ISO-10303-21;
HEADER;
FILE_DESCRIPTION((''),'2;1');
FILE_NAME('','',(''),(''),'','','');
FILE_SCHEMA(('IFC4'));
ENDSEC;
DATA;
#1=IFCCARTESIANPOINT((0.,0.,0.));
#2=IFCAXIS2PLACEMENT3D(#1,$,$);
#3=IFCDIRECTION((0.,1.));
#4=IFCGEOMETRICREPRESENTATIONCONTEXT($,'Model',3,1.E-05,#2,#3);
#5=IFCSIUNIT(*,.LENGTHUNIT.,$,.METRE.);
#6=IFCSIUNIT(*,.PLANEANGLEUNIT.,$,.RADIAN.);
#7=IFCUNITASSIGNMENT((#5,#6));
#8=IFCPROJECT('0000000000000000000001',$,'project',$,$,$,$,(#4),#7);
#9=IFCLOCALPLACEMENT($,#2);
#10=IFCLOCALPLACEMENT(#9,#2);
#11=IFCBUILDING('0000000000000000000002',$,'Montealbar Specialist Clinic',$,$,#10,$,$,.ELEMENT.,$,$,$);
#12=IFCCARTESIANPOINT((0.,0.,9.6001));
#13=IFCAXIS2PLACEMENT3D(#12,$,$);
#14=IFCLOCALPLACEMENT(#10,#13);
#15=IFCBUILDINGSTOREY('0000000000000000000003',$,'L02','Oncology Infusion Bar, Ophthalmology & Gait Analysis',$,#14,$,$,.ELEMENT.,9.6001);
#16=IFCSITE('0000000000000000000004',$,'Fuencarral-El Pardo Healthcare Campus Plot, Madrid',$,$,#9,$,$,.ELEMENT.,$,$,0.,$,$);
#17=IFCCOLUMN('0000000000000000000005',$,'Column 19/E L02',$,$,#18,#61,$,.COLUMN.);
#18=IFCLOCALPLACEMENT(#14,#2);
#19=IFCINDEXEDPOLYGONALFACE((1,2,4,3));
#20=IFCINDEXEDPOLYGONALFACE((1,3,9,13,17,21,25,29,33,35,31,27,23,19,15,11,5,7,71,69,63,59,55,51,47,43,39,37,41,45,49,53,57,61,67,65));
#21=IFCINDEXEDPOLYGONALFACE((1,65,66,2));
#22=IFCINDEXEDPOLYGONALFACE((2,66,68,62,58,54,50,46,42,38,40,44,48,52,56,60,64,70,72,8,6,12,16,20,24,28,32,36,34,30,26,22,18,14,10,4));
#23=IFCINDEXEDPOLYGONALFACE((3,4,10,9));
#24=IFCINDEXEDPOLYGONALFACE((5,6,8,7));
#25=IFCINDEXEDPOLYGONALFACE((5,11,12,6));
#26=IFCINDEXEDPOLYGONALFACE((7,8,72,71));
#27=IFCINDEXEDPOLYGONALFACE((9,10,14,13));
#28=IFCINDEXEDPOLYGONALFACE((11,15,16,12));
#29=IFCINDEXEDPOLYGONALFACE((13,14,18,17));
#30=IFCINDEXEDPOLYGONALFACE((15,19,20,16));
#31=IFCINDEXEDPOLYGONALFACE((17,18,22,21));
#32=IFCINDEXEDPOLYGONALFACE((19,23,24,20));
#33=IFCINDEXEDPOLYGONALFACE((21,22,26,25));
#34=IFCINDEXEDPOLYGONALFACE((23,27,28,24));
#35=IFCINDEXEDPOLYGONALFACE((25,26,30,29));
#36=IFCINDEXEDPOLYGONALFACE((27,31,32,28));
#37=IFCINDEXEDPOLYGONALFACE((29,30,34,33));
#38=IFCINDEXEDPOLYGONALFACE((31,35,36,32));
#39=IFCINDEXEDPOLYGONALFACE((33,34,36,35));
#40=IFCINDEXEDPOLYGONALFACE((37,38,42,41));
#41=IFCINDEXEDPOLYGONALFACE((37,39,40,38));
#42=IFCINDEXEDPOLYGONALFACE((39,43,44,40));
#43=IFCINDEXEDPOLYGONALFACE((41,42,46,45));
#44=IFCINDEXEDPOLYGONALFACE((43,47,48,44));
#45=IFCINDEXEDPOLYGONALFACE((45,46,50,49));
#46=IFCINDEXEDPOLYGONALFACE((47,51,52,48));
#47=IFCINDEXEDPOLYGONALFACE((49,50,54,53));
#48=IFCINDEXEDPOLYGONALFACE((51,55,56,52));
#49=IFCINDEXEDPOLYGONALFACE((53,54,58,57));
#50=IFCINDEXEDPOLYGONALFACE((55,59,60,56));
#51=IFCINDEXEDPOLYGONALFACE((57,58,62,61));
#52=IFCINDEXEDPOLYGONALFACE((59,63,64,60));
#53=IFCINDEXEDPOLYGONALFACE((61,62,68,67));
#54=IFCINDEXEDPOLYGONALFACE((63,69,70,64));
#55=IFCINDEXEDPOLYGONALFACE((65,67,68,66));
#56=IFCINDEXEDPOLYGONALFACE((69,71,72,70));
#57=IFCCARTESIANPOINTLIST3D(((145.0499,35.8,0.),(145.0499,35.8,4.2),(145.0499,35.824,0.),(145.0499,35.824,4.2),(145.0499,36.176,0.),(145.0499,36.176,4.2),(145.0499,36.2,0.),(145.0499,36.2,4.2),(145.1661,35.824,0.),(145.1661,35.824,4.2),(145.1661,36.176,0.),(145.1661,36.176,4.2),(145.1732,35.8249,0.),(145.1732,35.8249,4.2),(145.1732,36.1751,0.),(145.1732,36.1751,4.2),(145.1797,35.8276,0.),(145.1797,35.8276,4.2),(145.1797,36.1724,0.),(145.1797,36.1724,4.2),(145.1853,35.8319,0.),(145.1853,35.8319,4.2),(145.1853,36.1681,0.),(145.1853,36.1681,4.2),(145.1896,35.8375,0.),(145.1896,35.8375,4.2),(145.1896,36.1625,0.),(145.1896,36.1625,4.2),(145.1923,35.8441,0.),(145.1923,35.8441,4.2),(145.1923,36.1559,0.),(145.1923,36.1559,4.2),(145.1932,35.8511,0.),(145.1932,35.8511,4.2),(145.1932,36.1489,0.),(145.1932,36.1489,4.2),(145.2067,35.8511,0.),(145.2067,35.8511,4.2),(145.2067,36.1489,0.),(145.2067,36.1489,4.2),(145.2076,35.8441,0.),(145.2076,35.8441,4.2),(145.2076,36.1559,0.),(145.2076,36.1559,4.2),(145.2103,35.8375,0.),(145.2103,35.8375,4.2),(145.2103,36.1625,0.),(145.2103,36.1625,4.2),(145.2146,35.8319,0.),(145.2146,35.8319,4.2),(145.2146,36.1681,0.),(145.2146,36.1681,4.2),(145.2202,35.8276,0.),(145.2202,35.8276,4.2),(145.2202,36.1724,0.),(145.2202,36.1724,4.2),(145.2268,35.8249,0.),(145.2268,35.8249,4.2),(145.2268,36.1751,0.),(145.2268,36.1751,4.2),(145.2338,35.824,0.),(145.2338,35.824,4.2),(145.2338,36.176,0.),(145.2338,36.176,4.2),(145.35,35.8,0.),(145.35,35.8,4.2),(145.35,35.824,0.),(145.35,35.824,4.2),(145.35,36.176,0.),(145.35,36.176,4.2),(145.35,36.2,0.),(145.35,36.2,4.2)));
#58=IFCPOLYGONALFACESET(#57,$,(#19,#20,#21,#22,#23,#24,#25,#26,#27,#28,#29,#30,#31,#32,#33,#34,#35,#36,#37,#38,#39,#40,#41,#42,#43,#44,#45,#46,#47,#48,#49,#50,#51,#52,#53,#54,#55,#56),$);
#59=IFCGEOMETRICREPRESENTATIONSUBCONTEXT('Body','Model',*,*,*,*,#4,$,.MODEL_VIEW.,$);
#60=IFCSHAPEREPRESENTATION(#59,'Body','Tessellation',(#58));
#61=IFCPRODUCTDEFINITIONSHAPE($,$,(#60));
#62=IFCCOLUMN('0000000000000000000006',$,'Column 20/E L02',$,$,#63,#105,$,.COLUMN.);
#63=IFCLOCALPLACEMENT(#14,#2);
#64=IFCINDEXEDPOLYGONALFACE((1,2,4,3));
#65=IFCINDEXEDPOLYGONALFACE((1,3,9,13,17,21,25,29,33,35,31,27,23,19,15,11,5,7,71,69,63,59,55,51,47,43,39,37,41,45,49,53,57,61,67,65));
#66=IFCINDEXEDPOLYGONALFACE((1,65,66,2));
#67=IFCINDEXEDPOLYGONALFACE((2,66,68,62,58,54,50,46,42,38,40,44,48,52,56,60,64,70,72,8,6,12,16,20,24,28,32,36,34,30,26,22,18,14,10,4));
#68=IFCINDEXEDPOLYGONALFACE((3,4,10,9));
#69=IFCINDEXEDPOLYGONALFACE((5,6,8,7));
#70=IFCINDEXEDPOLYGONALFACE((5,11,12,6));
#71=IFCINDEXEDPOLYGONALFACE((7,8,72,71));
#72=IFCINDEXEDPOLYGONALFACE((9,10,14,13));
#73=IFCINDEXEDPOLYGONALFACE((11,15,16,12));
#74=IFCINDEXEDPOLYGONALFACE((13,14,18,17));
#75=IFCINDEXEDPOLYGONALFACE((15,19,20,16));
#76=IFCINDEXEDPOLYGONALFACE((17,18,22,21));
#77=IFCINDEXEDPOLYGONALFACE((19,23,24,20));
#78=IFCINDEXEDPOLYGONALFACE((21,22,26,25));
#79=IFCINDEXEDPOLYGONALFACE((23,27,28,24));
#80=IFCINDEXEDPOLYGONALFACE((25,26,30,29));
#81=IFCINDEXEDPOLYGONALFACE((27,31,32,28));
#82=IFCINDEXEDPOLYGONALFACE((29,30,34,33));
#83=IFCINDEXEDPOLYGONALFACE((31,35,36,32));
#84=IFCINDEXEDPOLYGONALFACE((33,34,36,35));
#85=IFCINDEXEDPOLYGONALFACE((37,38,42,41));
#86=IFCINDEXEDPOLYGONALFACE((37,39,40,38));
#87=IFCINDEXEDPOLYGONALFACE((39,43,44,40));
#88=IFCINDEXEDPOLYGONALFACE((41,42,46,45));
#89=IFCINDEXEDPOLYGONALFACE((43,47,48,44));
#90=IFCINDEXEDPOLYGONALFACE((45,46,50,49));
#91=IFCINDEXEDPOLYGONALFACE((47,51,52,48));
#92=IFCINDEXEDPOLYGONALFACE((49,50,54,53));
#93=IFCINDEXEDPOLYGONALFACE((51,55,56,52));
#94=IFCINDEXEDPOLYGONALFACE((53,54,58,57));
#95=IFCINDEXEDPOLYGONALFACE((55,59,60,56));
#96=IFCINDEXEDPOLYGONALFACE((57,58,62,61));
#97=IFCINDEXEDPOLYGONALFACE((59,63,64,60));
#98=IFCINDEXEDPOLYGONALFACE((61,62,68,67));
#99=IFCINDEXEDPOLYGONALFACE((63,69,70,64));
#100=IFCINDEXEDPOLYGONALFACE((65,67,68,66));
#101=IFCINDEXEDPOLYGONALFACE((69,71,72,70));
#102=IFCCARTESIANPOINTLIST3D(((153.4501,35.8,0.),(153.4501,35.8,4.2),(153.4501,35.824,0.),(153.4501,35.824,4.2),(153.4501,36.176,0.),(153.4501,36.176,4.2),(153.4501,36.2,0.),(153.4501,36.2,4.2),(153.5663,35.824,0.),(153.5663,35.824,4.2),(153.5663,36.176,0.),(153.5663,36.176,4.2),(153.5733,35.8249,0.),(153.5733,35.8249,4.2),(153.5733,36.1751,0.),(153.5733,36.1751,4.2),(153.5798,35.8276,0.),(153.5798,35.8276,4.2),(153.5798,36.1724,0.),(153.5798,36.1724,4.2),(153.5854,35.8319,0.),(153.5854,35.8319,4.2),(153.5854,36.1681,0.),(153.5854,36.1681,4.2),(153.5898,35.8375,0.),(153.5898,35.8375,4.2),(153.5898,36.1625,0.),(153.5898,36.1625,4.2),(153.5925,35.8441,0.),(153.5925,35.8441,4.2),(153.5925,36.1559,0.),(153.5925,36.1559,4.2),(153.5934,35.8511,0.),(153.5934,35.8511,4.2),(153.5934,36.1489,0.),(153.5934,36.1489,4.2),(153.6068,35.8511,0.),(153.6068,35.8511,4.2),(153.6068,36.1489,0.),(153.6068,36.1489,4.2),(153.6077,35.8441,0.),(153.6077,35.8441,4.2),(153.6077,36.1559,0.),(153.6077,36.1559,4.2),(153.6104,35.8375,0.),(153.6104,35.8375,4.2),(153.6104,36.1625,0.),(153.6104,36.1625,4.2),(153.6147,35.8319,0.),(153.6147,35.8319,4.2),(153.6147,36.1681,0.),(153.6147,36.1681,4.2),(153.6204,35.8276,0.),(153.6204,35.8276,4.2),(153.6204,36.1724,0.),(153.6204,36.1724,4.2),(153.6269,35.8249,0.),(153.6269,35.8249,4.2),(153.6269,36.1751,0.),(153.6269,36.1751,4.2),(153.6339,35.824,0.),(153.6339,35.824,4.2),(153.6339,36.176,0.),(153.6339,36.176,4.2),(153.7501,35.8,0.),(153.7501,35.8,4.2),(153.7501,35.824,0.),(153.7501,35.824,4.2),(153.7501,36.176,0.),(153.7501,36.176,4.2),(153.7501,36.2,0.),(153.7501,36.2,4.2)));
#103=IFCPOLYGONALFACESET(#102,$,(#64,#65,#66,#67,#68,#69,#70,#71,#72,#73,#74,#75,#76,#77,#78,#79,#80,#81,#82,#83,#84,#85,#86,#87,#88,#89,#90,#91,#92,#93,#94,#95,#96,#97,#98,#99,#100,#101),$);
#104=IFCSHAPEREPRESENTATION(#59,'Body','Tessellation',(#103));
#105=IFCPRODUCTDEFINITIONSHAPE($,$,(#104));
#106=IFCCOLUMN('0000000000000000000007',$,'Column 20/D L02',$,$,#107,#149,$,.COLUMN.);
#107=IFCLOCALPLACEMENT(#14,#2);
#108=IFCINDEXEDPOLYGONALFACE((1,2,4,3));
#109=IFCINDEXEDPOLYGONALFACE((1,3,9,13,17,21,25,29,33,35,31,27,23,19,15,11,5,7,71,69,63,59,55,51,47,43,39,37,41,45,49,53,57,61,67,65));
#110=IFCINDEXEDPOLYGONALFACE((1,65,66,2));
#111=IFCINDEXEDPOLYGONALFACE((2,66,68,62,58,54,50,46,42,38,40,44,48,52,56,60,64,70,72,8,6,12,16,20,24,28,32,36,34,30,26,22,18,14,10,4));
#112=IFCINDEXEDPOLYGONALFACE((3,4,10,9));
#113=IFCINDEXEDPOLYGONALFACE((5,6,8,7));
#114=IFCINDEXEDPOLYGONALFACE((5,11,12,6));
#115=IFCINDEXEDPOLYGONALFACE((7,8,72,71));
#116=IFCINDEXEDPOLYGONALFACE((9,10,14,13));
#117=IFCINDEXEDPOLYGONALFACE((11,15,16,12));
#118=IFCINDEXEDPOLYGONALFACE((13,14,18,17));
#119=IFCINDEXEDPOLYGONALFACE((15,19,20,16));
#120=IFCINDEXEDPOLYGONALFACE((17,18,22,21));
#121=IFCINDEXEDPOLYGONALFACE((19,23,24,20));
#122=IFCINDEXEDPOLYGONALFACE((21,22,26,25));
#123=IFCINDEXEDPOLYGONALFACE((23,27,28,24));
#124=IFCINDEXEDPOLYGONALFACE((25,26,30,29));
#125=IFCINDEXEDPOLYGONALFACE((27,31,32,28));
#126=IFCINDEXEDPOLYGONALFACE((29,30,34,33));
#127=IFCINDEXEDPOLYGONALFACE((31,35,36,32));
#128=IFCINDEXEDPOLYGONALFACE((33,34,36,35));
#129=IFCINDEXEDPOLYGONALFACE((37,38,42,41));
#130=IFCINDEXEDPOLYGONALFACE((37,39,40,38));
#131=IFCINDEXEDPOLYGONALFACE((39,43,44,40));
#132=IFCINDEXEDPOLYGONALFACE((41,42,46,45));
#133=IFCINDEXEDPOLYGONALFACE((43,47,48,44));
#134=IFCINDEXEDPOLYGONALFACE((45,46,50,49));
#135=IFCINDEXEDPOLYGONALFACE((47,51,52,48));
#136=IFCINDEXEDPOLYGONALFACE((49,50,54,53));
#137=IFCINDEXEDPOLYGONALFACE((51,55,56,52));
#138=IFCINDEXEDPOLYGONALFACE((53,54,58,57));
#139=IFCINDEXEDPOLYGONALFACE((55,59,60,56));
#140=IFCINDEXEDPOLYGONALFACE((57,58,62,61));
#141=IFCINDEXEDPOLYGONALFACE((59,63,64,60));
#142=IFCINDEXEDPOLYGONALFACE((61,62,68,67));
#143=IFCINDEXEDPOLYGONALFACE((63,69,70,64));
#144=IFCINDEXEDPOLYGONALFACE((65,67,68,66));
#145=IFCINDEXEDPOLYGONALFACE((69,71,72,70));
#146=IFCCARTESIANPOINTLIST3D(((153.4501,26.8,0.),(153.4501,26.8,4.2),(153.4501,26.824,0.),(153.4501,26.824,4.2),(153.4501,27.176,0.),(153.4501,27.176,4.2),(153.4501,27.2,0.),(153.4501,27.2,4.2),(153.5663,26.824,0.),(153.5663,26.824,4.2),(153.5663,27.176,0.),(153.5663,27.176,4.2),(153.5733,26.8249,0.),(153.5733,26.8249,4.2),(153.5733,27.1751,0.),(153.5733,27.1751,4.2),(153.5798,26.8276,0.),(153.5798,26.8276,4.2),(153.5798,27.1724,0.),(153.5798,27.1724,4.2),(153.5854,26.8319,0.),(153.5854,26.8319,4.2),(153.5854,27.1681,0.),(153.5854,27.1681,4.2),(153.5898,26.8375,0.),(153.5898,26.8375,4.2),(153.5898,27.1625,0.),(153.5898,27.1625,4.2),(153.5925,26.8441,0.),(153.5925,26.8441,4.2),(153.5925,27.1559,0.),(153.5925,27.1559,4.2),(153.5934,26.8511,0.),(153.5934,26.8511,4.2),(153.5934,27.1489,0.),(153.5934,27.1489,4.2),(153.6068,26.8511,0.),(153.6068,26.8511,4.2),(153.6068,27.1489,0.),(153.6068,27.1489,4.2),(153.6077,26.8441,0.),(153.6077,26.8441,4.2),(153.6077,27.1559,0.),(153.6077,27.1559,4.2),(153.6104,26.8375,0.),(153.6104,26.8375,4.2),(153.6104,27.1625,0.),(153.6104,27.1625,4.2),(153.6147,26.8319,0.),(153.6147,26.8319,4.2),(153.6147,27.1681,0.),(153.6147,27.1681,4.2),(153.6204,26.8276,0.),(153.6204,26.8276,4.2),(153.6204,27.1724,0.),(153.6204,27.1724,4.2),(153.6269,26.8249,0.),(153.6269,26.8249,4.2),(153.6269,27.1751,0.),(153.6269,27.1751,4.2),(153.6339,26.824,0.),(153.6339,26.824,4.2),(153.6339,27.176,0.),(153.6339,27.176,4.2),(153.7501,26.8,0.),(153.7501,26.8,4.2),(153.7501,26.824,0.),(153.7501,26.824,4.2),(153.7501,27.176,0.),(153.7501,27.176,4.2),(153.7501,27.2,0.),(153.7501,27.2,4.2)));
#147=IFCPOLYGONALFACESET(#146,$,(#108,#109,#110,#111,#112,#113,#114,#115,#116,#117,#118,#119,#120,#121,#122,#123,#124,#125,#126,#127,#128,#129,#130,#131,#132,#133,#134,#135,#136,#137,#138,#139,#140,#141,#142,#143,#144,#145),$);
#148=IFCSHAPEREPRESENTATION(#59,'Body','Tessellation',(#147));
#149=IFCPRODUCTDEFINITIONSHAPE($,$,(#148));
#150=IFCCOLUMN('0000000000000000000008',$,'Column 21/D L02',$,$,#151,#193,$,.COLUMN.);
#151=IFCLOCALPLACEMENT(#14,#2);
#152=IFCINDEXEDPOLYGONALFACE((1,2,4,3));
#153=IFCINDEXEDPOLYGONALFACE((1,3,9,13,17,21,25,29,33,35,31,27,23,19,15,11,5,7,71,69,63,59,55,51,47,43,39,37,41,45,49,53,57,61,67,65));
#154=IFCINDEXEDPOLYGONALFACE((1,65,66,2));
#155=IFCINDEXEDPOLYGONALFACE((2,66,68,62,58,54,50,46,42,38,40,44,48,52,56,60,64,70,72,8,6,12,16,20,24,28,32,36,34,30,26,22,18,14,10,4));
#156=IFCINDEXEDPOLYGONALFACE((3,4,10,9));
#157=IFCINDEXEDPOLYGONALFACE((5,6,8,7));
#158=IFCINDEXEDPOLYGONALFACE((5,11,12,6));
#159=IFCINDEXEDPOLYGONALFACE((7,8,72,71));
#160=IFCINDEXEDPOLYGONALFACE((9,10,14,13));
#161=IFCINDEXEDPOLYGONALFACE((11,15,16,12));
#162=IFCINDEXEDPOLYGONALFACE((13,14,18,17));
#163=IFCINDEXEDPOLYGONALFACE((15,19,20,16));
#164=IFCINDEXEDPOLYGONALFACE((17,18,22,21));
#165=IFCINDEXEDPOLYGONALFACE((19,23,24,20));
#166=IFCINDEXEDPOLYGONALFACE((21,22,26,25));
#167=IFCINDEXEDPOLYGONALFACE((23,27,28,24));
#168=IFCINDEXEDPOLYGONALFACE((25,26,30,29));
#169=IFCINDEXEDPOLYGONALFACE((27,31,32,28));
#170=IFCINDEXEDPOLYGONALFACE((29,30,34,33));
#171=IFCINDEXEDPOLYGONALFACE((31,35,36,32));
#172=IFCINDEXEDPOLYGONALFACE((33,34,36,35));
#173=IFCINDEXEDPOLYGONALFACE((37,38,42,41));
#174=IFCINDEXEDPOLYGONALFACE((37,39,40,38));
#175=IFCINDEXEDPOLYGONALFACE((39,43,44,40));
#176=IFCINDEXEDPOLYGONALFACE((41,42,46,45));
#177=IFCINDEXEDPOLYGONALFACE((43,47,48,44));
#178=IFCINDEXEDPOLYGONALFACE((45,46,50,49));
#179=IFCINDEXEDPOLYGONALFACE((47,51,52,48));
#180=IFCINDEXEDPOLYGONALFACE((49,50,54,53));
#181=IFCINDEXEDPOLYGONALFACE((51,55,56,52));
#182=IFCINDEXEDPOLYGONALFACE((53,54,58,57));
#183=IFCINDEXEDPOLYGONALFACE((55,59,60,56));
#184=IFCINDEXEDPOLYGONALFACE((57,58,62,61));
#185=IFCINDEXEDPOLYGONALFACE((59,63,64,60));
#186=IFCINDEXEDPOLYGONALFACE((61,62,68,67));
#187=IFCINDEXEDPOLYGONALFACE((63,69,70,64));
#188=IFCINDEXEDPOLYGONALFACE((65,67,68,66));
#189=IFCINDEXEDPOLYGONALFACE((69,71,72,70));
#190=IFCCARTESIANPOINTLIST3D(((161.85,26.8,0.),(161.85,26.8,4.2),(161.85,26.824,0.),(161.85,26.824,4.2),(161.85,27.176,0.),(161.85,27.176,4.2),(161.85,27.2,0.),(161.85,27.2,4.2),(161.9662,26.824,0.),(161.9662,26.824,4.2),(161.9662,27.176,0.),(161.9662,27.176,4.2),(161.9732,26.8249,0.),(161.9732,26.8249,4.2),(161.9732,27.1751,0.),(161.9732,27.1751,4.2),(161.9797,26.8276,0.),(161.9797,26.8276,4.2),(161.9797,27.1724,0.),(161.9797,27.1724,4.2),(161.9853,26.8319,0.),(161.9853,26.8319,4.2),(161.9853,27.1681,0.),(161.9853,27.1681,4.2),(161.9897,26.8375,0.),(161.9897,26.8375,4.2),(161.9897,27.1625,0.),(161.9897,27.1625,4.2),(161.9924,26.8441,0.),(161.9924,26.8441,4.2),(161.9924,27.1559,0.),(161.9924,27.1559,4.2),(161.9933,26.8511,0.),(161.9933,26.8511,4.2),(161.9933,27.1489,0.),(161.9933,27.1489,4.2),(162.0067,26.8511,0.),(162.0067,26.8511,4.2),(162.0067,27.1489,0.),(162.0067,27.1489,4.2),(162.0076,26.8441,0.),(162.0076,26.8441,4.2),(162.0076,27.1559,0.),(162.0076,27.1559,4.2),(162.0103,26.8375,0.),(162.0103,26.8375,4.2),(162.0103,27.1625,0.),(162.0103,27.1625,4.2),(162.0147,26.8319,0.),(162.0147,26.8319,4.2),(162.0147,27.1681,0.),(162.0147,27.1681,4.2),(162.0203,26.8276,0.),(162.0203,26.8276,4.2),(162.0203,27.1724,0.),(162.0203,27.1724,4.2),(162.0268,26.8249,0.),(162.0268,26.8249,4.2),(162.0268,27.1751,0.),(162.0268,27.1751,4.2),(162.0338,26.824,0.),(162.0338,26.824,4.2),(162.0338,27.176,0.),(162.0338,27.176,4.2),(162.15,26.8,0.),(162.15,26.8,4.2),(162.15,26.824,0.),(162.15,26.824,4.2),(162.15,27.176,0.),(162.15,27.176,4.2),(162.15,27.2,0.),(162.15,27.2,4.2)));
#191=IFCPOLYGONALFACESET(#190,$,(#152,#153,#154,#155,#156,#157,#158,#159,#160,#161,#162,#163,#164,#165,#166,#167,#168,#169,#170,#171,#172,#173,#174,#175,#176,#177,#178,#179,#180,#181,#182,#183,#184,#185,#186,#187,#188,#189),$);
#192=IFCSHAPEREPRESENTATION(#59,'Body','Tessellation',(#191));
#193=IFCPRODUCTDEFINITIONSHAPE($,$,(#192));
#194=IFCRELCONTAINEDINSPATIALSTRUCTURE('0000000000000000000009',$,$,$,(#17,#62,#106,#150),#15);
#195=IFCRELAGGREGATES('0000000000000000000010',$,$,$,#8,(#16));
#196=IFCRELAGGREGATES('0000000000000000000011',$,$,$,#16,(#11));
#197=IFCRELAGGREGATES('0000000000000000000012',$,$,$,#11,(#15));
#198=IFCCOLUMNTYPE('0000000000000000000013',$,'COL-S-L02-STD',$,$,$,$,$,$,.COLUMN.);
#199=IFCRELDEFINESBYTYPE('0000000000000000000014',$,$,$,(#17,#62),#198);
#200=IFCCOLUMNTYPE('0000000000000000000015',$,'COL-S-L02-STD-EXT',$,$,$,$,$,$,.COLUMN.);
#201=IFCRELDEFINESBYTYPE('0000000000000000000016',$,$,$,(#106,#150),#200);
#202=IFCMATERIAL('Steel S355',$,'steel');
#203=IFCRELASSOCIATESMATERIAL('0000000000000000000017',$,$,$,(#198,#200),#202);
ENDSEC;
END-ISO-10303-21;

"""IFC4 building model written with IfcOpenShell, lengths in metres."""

from ifc_helpers import new_model, si_unit, direction, frame, origin, origin_2d, place, context, subcontext, project, spatial, i_section, extrude, material, material_profile, profile_set, type_object, element, save


model = new_model("IFC4")

# Units and contexts
model_context = context("Model", 3, precision=1e-05, world=origin(), true_north=direction((0.0, 1.0)))
body_context = subcontext(model_context, "Body", "Model", "MODEL_VIEW")
ifc_project = project(units=[si_unit("LENGTHUNIT", "METRE"), si_unit("PLANEANGLEUNIT", "RADIAN")], contexts=[model_context])

# Site, building, storey
site_placement = place(None, origin())
site = spatial("IfcSite", under=ifc_project, at=site_placement, Name="Fuencarral-El Pardo Healthcare Campus Plot, Madrid", CompositionType="ELEMENT", RefElevation=0.0)
building_placement = place(site_placement, origin())
building = spatial("IfcBuilding", under=site, at=building_placement, Name="Montealbar Specialist Clinic", CompositionType="ELEMENT")
storey_placement = place(building_placement, frame((0.0, 0.0, 9.6001)))
storey = spatial("IfcBuildingStorey", under=building, at=storey_placement, Name="L02", Description="Oncology Infusion Bar, Ophthalmology & Gait Analysis", CompositionType="ELEMENT", Elevation=9.6001)

# Columns
ifc_material_1 = material(Name="Steel S355", Category="steel")
ifc_material_profile_1 = material_profile(ifc_material_1, i_section(OverallWidth=0.3, OverallDepth=0.3999, WebThickness=0.0134, FlangeThickness=0.0239, FilletRadius=0.0271, at=origin_2d()), Name="HEB 400", Category="steel")
ifc_profile_set_1 = profile_set([ifc_material_profile_1], Name="Steel S355")
column_type_1 = type_object("IfcColumnType", Name="COL-S-L02-STD", PredefinedType="COLUMN", material=ifc_profile_set_1)
for number, where, z_axis, x_axis, name in (
    (1, (145.2, 36.0, 0.0), (0.0, 0.0, 1.0), (1.0, 0.0, 0.0), "Column 19/E L02"),
    (2, (153.6001, 36.0, 0.0), (0.0, 0.0, 1.0), (1.0, 0.0, 0.0), "Column 20/E L02"),
):
    element("IfcColumn", number, at=place(storey_placement, frame(where, z_axis=z_axis, x_axis=x_axis)), inside=storey, type_object=column_type_1, Name=name, PredefinedType="COLUMN", context=body_context, shape_type="SweptSolid", body=[
        extrude(i_section(OverallWidth=0.3, OverallDepth=0.3999, WebThickness=0.0134, FlangeThickness=0.0239, FilletRadius=0.0271, at=origin_2d()), origin(), (0.0, 0.0, 1.0), 4.2),
    ])
ifc_material_profile_2 = material_profile(ifc_material_1, i_section(OverallWidth=0.3, OverallDepth=0.3999, WebThickness=0.0134, FlangeThickness=0.0239, FilletRadius=0.0271, at=origin_2d()), Name="HEB 400", Category="steel")
ifc_profile_set_2 = profile_set([ifc_material_profile_2], Name="Steel S355")
column_type_2 = type_object("IfcColumnType", Name="COL-S-L02-STD-EXT", PredefinedType="COLUMN", material=ifc_profile_set_2)
for number, where, z_axis, x_axis, name in (
    (3, (153.6001, 27.0, 0.0), (0.0, 0.0, 1.0), (1.0, 0.0, 0.0), "Column 20/D L02"),
    (4, (162.0, 27.0, 0.0), (0.0, 0.0, 1.0), (1.0, 0.0, 0.0), "Column 21/D L02"),
):
    element("IfcColumn", number, at=place(storey_placement, frame(where, z_axis=z_axis, x_axis=x_axis)), inside=storey, type_object=column_type_2, Name=name, PredefinedType="COLUMN", context=body_context, shape_type="SweptSolid", body=[
        extrude(i_section(OverallWidth=0.3, OverallDepth=0.3999, WebThickness=0.0134, FlangeThickness=0.0239, FilletRadius=0.0271, at=origin_2d()), origin(), (0.0, 0.0, 1.0), 4.2),
    ])

save(model, "model.ifc")
